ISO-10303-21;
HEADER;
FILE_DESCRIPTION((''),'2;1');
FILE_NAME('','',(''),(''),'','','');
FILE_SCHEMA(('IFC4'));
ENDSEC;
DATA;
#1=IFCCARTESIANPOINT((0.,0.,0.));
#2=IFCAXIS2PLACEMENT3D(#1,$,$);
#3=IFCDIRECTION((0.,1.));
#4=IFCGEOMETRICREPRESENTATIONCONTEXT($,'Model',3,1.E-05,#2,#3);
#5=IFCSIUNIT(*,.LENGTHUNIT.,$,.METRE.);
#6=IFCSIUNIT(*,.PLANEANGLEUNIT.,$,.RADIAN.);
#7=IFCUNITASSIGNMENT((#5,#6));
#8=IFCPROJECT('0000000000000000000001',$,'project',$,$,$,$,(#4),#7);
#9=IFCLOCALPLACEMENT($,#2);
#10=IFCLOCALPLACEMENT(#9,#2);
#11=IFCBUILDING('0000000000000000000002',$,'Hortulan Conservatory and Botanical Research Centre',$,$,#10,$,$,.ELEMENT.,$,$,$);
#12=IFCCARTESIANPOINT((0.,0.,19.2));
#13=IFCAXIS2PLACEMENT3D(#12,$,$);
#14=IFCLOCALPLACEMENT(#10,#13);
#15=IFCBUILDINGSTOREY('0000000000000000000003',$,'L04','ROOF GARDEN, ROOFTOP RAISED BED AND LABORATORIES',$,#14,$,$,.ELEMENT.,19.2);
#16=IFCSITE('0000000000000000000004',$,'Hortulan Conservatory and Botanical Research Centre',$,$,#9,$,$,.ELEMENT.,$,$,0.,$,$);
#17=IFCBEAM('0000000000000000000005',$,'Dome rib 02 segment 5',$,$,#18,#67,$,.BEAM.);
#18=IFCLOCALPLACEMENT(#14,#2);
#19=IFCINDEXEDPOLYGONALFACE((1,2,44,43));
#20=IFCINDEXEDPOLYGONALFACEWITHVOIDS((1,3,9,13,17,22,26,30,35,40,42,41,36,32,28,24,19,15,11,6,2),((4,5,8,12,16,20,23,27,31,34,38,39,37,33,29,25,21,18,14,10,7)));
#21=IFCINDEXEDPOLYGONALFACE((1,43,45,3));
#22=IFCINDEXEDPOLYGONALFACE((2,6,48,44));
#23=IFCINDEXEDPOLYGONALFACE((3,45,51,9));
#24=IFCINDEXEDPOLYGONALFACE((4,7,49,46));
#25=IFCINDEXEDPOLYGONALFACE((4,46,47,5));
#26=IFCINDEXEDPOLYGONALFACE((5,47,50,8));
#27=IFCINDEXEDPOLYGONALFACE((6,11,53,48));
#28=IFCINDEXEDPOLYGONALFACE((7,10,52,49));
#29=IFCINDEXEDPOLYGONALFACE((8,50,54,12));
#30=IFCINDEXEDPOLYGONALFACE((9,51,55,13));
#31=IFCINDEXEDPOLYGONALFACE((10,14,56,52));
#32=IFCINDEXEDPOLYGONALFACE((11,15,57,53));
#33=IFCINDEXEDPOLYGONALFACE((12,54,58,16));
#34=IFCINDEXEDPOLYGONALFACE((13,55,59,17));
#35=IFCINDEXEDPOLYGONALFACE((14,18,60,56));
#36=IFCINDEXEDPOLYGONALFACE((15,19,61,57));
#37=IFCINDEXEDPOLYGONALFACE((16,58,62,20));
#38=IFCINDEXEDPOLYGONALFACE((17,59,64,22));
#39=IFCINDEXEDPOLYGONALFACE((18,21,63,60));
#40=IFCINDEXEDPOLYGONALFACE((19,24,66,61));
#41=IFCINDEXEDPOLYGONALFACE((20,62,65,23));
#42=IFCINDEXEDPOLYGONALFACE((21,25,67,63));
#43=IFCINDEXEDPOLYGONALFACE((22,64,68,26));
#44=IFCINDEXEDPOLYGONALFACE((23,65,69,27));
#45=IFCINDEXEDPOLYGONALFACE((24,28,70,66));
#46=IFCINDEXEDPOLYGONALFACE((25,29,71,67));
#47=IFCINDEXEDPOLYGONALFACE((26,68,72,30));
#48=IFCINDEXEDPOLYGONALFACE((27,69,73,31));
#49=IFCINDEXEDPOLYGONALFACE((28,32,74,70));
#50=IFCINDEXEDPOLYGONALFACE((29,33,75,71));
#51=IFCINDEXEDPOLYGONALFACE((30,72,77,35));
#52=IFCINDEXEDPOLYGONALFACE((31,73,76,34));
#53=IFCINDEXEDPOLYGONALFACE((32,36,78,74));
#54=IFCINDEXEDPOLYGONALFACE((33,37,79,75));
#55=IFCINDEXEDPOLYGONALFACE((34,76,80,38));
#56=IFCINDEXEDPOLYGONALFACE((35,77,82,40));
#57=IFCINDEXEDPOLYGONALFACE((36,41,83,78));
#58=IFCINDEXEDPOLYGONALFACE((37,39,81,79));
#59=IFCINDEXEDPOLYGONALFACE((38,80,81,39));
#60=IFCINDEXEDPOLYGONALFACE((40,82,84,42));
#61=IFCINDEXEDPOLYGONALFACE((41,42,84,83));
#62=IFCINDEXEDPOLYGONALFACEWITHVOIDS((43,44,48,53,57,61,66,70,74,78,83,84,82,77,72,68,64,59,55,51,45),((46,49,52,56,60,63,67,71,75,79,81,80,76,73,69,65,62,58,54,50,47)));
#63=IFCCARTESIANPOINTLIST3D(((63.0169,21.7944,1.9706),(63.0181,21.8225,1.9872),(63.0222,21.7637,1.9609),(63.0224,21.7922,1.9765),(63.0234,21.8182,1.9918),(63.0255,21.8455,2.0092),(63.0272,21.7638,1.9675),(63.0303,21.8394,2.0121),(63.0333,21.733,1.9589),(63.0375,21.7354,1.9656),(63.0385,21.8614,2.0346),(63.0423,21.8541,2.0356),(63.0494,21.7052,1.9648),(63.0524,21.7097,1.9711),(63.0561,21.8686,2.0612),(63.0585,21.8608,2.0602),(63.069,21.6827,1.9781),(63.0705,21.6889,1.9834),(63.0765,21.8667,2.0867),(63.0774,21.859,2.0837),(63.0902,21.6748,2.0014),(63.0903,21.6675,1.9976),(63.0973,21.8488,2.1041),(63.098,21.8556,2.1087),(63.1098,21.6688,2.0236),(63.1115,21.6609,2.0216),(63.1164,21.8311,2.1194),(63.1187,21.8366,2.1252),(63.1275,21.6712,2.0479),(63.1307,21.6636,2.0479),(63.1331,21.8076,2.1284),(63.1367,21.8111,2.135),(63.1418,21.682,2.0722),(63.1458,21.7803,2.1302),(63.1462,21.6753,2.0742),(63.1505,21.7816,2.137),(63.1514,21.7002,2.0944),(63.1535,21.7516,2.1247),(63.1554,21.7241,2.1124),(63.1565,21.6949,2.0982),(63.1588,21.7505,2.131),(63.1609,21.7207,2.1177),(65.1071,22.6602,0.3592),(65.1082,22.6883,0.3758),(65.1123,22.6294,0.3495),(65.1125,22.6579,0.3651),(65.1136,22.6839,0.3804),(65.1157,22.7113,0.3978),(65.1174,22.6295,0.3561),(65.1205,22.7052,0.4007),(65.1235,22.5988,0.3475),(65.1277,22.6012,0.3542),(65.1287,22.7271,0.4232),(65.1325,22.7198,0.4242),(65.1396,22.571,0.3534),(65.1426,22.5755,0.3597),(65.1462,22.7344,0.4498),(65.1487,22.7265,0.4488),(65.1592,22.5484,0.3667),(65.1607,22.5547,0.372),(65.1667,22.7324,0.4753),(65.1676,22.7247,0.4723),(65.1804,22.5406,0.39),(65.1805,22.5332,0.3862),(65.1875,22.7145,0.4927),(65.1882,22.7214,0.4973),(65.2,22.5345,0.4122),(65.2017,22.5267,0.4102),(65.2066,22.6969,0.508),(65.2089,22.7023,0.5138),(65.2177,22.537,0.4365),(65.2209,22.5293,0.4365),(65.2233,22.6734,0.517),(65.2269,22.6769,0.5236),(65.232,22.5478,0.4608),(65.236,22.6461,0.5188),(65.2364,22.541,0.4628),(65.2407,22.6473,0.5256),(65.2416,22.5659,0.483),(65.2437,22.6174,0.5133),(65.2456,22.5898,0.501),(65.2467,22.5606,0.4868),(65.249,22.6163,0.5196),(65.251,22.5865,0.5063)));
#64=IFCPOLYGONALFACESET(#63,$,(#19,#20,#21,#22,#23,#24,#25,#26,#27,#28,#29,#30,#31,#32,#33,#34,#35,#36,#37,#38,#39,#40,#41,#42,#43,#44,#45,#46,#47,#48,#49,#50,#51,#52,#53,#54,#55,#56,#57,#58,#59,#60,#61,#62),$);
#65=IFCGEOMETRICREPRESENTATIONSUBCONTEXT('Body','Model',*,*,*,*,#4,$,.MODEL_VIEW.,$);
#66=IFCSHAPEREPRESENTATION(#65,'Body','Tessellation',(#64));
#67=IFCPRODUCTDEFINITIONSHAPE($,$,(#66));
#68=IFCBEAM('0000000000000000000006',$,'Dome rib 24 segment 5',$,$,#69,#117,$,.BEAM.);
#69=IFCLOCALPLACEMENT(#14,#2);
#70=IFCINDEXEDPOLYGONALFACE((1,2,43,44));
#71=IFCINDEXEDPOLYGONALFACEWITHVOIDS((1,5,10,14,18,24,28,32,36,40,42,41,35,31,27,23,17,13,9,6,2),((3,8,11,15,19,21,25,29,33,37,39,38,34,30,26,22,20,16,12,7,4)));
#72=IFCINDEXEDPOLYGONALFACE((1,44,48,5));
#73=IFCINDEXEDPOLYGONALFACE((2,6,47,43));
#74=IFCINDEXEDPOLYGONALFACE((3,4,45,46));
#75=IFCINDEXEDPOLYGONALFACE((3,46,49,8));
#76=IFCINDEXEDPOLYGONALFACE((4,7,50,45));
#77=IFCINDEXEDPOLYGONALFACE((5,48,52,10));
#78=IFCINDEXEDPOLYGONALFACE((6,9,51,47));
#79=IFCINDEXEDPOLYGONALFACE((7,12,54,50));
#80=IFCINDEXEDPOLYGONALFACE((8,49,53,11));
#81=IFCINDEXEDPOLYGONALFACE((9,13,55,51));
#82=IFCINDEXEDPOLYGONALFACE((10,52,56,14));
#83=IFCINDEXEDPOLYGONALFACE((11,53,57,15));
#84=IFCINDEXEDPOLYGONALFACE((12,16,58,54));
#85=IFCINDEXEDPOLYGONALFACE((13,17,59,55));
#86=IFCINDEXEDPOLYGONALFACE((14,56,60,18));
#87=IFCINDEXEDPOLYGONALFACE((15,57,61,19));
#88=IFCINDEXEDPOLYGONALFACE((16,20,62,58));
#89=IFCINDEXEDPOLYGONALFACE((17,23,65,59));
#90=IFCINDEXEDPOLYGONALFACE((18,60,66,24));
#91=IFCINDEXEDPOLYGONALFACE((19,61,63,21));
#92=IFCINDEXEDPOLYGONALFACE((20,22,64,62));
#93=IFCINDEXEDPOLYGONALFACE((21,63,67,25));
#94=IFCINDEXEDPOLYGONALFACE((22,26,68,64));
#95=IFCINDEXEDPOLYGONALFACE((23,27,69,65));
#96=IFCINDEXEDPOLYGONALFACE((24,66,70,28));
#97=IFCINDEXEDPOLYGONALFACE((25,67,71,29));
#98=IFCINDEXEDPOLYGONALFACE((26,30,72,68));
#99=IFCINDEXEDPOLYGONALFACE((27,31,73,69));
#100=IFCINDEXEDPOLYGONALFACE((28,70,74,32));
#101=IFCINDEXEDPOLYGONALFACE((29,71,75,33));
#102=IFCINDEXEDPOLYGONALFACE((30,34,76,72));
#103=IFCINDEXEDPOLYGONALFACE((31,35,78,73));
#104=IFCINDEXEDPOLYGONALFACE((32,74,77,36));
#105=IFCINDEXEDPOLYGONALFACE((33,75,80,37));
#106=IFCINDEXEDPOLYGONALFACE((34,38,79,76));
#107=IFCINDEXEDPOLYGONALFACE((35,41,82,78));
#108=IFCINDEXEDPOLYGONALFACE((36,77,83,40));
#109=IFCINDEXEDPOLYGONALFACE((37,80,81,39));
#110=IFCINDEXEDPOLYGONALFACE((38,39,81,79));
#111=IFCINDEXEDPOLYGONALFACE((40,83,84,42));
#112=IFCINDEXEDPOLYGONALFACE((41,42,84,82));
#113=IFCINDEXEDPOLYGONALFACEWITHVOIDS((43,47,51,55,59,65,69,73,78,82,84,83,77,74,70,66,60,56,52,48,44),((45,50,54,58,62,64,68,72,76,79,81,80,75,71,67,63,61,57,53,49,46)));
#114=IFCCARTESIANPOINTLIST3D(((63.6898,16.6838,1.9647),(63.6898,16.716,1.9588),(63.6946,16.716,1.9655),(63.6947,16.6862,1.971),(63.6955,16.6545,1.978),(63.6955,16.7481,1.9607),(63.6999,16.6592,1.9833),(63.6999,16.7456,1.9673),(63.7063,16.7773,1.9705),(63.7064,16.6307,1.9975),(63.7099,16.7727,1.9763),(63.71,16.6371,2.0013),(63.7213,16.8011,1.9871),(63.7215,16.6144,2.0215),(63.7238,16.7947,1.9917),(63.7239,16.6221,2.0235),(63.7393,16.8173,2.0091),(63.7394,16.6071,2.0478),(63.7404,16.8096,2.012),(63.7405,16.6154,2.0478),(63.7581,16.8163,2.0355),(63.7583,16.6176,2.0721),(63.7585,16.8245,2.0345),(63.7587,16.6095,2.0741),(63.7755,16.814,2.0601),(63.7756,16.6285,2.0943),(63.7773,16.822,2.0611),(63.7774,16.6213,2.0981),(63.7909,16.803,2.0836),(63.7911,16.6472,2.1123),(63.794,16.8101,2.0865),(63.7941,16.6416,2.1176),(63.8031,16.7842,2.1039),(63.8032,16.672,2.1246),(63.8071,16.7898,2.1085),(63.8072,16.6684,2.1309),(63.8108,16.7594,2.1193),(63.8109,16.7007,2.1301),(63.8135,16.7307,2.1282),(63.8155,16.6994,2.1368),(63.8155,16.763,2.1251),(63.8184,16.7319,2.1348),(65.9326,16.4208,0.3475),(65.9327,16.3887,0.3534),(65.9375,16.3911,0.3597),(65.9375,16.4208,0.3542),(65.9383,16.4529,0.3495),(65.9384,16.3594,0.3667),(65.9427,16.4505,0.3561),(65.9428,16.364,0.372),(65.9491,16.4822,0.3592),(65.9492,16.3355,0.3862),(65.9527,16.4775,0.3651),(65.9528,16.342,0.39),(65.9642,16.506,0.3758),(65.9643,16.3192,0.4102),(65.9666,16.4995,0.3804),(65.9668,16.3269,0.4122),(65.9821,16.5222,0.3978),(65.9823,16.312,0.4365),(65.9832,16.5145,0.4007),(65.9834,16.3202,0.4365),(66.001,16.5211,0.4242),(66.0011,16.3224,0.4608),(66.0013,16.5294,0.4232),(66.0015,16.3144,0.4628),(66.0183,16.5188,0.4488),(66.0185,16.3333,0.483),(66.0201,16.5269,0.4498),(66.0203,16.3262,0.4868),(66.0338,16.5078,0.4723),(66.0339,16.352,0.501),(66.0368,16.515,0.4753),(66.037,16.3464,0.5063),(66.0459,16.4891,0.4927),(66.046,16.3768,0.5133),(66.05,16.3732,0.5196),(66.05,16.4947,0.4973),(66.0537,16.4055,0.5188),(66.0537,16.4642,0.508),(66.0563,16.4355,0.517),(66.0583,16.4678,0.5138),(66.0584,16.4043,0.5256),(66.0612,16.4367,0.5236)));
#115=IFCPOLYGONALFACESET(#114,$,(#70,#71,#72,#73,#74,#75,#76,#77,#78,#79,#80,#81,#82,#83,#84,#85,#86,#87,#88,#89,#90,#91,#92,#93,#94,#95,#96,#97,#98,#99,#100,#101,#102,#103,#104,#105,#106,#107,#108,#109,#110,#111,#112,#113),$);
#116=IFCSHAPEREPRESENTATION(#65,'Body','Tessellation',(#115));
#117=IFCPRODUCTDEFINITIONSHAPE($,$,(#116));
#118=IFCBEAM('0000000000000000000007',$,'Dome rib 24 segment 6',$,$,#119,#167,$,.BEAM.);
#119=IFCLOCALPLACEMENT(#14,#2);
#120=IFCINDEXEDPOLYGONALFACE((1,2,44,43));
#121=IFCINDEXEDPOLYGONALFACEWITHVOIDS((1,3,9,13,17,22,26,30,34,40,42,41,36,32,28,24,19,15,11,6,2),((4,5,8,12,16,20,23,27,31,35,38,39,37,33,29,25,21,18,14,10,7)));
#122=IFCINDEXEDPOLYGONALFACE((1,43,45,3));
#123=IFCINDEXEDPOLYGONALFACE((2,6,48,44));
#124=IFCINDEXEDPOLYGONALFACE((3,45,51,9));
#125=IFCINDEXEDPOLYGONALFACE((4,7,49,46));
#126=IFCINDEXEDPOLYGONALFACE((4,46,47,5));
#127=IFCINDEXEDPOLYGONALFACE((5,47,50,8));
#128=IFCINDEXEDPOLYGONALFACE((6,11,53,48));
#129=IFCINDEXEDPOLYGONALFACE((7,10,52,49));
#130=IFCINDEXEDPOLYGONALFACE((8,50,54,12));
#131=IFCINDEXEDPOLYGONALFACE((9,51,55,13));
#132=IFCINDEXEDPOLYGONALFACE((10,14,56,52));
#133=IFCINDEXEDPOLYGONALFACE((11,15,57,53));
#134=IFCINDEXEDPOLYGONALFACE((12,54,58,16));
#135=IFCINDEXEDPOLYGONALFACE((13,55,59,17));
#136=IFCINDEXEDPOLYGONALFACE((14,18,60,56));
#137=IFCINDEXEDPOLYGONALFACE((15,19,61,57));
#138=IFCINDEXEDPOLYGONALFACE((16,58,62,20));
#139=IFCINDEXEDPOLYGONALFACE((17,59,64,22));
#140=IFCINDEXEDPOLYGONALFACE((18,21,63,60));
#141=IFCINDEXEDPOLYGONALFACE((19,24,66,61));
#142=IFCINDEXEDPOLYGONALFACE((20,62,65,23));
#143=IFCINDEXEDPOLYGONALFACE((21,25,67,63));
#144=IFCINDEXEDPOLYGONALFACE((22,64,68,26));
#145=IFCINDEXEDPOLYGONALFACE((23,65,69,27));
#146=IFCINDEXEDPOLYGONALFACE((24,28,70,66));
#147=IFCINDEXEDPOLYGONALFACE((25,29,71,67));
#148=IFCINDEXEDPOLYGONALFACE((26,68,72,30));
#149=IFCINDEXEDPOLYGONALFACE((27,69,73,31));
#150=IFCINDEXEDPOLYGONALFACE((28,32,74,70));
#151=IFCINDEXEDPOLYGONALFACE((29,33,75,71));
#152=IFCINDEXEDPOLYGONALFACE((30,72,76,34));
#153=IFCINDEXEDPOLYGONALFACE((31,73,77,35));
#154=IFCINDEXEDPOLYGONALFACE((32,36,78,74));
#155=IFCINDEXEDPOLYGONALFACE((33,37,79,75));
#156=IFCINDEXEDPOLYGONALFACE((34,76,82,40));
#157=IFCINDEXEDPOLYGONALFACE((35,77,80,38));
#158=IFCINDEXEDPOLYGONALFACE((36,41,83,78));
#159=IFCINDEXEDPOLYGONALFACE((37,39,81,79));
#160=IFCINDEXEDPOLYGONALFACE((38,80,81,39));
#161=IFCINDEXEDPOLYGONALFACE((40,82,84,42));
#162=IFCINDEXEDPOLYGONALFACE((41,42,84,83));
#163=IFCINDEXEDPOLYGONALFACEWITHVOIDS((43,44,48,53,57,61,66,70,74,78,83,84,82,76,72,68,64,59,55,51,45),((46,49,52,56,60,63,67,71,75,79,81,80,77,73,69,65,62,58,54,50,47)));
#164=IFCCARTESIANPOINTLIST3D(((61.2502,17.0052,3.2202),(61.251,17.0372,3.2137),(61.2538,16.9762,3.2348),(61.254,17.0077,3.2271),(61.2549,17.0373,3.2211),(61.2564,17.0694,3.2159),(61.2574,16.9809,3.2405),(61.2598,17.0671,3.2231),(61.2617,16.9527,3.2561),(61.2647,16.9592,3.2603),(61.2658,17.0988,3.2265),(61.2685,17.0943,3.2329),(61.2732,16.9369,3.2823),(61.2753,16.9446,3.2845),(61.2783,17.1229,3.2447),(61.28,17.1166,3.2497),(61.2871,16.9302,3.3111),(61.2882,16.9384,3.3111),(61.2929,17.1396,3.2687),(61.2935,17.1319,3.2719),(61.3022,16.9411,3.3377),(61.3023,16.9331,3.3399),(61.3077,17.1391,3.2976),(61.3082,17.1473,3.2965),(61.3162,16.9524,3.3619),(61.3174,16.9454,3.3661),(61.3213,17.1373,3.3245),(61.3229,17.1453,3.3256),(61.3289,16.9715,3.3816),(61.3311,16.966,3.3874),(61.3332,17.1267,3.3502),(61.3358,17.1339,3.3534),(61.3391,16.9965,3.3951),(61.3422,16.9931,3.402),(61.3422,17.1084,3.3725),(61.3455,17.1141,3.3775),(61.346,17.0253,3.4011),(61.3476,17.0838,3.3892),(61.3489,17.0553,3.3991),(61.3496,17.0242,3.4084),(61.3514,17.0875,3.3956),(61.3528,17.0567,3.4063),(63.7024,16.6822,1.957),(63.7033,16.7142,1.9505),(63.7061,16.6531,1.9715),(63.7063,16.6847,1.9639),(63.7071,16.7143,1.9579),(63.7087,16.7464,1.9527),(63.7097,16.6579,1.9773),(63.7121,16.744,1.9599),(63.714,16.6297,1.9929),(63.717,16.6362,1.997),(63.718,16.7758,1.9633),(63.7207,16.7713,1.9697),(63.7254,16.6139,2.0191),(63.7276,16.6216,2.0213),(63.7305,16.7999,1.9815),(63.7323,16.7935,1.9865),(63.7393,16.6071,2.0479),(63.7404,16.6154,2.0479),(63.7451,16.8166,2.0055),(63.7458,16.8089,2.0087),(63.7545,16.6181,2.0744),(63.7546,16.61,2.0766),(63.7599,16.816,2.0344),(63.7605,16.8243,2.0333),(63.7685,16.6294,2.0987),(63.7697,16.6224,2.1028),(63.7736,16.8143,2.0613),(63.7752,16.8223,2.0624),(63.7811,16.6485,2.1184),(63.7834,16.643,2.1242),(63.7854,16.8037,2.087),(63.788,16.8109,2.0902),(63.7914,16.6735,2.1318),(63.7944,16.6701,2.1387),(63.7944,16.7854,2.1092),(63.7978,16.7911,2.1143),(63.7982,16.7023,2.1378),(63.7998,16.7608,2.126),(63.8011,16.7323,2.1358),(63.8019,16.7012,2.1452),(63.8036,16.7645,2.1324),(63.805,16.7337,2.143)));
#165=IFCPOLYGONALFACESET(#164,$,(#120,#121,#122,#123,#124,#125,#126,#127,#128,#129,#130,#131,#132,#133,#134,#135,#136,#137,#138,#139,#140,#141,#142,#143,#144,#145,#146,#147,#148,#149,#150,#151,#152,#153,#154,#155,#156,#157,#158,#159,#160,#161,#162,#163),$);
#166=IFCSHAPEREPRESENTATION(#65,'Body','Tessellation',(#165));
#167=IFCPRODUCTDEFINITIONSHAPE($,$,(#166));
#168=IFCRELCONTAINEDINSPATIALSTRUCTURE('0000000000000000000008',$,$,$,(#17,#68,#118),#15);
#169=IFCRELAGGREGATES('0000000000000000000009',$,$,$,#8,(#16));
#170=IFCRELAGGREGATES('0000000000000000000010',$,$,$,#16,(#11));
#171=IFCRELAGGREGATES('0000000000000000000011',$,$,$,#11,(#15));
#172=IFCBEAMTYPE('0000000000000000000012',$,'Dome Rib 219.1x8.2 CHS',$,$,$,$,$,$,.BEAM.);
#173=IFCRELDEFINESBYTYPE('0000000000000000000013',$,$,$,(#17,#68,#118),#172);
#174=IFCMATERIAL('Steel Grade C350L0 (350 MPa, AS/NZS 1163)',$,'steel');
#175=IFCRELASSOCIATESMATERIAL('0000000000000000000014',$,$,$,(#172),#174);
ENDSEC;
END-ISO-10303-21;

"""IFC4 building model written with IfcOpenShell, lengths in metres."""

from ifc_helpers import new_model, si_unit, direction, frame, origin, origin_2d, place, context, subcontext, project, spatial, hollow_circle, extrude, material, material_profile, profile_set, type_object, element, save


model = new_model("IFC4")

# Units and contexts
model_context = context("Model", 3, precision=1e-05, world=origin(), true_north=direction((0.0, 1.0)))
body_context = subcontext(model_context, "Body", "Model", "MODEL_VIEW")
ifc_project = project(units=[si_unit("LENGTHUNIT", "METRE"), si_unit("PLANEANGLEUNIT", "RADIAN")], contexts=[model_context])

# Site, building, storey
site_placement = place(None, origin())
site = spatial("IfcSite", under=ifc_project, at=site_placement, Name="Hortulan Conservatory and Botanical Research Centre", CompositionType="ELEMENT", RefElevation=0.0)
building_placement = place(site_placement, origin())
building = spatial("IfcBuilding", under=site, at=building_placement, Name="Hortulan Conservatory and Botanical Research Centre", CompositionType="ELEMENT")
storey_placement = place(building_placement, frame((0.0, 0.0, 19.2)))
storey = spatial("IfcBuildingStorey", under=building, at=storey_placement, Name="L04", Description="ROOF GARDEN, ROOFTOP RAISED BED AND LABORATORIES", CompositionType="ELEMENT", Elevation=19.2)

# Beams
ifc_material_1 = material(Name="Steel Grade C350L0 (350 MPa, AS/NZS 1163)", Category="steel")
ifc_material_profile_1 = material_profile(ifc_material_1, hollow_circle(Radius=0.1096, WallThickness=0.0083, at=origin_2d()), Name="219.1x8.2CHS")
ifc_profile_set_1 = profile_set([ifc_material_profile_1], Name="Steel Grade C350L0 (350 MPa, AS/NZS 1163)")
beam_type = type_object("IfcBeamType", Name="Dome Rib 219.1x8.2 CHS", PredefinedType="BEAM", material=ifc_profile_set_1)
beam_placement = place(storey_placement, frame((65.179, 22.6306, 0.4365), z_axis=(-0.752516, -0.311695, 0.580143), x_axis=(0.382676, -0.923883, 0.0)))
element("IfcBeam", 1, at=beam_placement, inside=storey, type_object=beam_type, Name="Dome rib 02 segment 5", PredefinedType="BEAM", context=body_context, shape_type="SweptSolid", body=[
    extrude(hollow_circle(Radius=0.1096, WallThickness=0.0083, at=origin_2d()), origin(), (0.0, 0.0, 1.0), 2.7776),
])
for number, where, z_axis, x_axis, name in (
    (2, (65.9966, 16.4207, 0.4365), (-0.807548, 0.106273, 0.580148), (-0.130474, -0.991452, 0.0), "Dome rib 24 segment 5"),
    (3, (63.7537, 16.7158, 2.0479), (-0.882948, 0.116302, 0.454836), (-0.130592, -0.991436, 0.0), "Dome rib 24 segment 6"),
):
    element("IfcBeam", number, at=place(storey_placement, frame(where, z_axis=z_axis, x_axis=x_axis)), inside=storey, type_object=beam_type, Name=name, PredefinedType="BEAM", context=body_context, shape_type="SweptSolid", body=[
        extrude(hollow_circle(Radius=0.1096, WallThickness=0.0083, at=origin_2d()), origin(), (0.0, 0.0, 1.0), 2.7773),
    ])

save(model, "model.ifc")
